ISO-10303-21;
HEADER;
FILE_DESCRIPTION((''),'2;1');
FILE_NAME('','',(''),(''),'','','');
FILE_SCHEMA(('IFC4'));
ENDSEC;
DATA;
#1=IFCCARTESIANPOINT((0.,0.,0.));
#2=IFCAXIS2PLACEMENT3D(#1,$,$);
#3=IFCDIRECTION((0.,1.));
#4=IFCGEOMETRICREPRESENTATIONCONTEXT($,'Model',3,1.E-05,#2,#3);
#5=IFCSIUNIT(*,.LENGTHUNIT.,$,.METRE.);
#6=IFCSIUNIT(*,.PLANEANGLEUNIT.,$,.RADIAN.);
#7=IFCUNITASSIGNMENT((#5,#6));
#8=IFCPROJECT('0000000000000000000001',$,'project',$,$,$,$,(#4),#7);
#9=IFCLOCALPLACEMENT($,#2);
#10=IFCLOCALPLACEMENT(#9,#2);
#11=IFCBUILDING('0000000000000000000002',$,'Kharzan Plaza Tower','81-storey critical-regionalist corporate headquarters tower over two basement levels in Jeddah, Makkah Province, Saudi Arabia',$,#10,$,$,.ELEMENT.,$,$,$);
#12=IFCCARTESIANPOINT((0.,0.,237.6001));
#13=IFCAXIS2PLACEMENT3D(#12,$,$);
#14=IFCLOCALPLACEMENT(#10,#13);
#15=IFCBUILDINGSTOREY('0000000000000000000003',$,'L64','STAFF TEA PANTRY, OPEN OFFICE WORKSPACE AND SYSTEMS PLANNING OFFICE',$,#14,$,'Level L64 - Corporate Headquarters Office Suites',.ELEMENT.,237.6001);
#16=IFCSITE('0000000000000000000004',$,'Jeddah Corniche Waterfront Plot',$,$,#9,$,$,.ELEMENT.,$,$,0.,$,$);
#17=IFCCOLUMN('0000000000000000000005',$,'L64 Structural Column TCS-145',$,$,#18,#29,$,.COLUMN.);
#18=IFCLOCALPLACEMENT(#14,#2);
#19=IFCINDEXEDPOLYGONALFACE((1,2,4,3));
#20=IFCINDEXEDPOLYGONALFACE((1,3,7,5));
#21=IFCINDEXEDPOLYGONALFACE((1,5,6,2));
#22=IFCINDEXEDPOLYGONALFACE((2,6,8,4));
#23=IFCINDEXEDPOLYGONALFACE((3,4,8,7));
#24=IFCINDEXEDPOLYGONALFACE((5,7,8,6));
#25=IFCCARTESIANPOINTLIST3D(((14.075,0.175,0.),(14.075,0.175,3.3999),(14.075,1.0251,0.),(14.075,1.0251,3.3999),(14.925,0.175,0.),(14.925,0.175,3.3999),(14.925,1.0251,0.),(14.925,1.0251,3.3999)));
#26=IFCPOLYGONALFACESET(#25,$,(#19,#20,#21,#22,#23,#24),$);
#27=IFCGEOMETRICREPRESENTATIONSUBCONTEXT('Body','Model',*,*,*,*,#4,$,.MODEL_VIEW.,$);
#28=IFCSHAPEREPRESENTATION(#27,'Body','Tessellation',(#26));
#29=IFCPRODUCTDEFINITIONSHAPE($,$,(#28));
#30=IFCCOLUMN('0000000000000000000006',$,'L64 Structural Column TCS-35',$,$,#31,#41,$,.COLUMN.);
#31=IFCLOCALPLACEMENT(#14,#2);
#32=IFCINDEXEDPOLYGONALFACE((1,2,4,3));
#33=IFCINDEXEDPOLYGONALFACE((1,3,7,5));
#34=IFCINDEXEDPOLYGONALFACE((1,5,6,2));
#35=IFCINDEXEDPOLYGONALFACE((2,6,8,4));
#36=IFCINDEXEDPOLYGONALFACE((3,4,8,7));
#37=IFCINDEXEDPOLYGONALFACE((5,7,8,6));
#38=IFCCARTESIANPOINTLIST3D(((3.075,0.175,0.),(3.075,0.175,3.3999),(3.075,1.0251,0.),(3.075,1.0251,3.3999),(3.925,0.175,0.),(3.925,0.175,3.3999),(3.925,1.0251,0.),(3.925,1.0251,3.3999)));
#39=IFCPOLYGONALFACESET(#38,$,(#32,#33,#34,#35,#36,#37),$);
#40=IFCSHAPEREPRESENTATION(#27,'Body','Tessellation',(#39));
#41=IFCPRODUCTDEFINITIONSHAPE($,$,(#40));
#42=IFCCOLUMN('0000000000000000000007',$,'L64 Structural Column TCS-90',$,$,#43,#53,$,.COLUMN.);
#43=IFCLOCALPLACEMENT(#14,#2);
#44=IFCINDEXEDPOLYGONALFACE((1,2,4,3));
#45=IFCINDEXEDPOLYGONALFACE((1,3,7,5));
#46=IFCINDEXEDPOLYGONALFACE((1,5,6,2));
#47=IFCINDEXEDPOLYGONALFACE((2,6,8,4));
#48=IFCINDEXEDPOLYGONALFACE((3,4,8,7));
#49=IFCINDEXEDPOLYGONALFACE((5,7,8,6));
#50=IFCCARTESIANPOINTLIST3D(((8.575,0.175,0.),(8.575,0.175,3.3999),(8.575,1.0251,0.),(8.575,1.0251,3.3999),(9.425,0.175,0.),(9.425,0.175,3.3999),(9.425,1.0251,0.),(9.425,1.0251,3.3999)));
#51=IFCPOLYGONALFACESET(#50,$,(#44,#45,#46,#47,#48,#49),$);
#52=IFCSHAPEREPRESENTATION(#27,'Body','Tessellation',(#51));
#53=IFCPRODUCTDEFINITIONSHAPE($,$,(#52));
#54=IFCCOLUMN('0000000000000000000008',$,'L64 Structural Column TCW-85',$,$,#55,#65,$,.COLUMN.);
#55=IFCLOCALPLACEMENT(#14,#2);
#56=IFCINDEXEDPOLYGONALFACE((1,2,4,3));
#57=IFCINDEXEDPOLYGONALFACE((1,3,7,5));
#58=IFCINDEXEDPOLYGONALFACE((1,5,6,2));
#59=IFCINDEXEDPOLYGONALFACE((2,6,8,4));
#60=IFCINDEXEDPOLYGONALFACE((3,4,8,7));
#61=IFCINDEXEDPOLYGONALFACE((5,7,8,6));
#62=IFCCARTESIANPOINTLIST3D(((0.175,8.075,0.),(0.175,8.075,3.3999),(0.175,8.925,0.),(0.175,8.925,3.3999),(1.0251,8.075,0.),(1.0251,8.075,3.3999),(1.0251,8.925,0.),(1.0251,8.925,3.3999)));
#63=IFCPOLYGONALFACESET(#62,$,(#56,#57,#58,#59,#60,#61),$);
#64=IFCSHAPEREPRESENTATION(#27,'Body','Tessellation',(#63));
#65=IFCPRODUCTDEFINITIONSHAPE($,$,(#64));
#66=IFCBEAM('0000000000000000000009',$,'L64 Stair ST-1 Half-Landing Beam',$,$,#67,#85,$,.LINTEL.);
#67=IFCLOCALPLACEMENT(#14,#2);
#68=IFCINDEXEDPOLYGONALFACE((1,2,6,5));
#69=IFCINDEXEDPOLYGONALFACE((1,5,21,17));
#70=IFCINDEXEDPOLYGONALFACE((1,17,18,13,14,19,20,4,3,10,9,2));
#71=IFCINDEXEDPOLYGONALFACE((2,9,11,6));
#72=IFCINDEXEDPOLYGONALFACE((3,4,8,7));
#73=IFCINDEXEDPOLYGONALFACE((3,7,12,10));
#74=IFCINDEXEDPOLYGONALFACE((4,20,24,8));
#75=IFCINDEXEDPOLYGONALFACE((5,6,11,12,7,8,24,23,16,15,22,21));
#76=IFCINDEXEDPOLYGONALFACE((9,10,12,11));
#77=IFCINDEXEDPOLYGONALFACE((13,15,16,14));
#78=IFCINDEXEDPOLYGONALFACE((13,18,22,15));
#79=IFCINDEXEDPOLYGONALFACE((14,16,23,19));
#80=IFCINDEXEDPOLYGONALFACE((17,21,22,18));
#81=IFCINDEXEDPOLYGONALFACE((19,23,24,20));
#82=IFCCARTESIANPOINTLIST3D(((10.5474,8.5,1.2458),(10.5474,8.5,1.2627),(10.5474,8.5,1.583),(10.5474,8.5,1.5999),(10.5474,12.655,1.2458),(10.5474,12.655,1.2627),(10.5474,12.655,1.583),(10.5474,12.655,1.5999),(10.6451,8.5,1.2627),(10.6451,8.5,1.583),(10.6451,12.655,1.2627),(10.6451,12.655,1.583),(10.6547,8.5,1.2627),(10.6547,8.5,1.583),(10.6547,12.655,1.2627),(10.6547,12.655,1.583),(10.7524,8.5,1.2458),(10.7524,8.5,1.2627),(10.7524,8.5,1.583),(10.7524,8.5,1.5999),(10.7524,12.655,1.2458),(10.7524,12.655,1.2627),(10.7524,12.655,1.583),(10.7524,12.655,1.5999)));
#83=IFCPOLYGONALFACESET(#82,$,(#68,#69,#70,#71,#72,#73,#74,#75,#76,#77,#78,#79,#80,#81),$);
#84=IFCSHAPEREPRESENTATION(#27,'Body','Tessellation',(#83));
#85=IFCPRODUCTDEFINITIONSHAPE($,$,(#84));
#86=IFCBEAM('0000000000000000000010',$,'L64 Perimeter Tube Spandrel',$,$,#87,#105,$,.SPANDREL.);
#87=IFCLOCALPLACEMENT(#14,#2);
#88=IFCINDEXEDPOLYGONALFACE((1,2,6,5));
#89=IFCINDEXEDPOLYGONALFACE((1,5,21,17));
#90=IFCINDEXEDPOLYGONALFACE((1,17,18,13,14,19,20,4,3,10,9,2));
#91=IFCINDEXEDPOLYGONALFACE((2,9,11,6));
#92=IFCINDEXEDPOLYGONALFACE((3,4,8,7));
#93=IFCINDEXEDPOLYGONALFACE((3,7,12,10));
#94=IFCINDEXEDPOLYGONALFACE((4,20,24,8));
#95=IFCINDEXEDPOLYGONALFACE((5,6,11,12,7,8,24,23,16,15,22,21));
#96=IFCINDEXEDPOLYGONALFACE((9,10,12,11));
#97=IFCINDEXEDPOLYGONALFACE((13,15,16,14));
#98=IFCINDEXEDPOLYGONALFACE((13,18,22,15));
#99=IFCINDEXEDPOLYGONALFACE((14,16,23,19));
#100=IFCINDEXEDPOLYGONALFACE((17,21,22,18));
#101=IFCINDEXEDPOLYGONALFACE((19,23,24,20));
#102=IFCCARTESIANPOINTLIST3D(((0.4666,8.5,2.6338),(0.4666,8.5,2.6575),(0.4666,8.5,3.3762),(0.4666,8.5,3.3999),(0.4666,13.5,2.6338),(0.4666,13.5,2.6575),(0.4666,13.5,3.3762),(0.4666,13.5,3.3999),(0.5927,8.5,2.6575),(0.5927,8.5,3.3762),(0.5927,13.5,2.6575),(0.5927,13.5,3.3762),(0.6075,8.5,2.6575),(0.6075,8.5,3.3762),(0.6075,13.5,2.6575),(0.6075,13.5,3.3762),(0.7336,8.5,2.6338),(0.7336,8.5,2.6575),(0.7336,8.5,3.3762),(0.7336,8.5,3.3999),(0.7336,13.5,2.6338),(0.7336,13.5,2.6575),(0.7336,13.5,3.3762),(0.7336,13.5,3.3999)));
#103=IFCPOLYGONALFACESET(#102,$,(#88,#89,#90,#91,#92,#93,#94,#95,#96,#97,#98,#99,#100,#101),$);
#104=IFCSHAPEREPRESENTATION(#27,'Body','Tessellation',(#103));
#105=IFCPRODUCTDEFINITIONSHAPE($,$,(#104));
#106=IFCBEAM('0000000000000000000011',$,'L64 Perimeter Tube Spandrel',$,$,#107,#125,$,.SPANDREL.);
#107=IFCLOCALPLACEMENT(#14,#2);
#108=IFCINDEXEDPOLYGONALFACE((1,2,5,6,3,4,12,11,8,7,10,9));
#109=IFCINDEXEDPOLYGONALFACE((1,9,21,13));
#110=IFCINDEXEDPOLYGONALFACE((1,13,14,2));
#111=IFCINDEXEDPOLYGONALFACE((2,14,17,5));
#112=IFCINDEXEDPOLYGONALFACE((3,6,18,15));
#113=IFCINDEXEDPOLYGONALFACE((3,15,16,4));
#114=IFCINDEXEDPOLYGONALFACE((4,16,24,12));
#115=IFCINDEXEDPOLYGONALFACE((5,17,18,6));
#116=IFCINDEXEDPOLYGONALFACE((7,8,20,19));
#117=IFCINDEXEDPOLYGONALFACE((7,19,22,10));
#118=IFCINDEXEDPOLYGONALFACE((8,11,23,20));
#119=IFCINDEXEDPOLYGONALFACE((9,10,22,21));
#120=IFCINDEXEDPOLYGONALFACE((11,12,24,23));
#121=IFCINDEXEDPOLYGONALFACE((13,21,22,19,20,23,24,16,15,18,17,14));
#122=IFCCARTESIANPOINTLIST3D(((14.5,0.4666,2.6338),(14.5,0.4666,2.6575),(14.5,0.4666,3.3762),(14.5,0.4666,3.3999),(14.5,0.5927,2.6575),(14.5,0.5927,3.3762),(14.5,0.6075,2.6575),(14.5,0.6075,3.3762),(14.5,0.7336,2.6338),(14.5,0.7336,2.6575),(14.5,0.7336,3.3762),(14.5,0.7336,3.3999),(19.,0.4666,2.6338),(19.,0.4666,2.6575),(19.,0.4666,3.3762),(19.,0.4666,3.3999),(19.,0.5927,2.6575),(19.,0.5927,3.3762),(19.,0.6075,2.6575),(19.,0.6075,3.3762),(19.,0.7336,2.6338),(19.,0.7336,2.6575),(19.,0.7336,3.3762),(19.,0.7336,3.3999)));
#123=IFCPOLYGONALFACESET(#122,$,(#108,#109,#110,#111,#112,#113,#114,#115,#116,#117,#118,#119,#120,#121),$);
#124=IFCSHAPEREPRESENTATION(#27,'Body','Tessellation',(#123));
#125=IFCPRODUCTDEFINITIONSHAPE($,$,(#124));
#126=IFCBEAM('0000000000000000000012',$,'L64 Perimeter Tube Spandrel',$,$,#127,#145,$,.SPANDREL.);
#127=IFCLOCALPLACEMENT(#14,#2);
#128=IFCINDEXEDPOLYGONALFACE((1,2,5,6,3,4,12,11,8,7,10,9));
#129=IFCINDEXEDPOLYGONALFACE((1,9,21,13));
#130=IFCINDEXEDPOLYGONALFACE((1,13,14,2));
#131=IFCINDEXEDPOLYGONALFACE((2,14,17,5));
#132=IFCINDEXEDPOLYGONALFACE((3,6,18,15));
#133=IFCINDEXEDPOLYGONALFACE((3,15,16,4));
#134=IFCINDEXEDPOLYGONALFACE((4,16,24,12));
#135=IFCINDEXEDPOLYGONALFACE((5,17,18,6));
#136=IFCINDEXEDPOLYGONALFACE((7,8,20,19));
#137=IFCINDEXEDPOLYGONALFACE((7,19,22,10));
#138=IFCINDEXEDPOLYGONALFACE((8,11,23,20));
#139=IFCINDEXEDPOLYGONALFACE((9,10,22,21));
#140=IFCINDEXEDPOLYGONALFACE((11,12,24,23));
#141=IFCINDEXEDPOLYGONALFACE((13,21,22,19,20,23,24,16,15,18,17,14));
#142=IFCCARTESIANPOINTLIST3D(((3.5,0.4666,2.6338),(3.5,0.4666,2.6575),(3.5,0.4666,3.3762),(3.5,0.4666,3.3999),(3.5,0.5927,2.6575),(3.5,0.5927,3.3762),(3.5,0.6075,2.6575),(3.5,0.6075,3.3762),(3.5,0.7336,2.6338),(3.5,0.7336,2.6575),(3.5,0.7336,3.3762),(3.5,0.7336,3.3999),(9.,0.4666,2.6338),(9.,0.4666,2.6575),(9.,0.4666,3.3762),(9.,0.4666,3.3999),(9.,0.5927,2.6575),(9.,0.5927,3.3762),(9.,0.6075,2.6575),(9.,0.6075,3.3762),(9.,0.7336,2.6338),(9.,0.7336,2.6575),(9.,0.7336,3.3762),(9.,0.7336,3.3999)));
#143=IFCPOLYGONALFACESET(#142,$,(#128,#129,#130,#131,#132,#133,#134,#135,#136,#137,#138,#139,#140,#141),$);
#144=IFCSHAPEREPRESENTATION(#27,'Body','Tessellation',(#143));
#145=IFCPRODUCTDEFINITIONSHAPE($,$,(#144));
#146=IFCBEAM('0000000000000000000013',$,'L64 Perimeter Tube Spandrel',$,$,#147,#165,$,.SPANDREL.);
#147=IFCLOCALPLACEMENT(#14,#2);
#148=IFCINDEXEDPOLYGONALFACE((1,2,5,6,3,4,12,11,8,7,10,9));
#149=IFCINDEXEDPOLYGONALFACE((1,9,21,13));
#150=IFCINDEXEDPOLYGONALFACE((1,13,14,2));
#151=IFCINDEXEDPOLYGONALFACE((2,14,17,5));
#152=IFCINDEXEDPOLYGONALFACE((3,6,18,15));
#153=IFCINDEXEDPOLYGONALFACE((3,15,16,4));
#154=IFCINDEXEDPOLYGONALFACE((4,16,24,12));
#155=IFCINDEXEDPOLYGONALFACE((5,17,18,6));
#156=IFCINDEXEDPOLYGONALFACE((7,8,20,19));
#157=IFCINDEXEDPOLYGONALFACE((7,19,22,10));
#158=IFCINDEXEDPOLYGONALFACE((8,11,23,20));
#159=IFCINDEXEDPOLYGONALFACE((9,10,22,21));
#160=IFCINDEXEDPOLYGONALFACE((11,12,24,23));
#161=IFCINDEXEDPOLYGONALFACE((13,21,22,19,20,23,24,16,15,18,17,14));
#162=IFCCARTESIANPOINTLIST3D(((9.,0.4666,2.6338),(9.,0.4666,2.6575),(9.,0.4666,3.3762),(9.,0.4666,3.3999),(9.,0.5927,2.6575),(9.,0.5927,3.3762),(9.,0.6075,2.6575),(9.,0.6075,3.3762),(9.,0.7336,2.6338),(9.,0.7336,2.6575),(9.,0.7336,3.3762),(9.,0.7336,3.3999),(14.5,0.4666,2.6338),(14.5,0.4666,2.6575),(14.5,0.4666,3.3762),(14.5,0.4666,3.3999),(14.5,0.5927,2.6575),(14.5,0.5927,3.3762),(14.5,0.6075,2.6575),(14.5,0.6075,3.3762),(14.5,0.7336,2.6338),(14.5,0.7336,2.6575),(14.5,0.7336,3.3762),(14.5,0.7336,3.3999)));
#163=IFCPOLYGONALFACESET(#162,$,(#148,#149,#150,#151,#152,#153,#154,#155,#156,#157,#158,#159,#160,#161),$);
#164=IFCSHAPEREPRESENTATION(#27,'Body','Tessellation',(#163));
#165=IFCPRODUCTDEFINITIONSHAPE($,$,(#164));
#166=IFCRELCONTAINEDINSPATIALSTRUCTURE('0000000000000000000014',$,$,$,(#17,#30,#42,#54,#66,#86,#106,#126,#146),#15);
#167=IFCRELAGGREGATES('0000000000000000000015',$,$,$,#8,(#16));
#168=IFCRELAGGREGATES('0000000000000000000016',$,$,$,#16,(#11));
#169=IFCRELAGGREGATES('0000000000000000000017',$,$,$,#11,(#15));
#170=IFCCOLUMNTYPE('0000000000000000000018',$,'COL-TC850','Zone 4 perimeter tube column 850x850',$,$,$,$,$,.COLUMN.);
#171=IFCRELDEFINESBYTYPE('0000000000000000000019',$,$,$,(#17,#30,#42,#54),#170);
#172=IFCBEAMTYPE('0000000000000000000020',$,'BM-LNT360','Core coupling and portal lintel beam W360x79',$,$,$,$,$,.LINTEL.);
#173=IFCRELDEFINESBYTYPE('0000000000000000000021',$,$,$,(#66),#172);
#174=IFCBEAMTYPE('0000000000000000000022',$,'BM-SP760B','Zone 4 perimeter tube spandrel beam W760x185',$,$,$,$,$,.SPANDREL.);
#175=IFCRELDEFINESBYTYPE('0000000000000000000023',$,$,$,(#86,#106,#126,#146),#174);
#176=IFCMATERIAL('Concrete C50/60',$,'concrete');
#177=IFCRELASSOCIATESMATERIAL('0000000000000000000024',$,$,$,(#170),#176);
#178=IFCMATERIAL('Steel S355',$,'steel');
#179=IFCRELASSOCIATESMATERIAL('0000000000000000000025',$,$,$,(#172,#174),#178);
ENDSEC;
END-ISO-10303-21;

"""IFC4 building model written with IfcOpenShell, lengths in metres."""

from ifc_helpers import new_model, si_unit, direction, frame, origin, origin_2d, place, context, subcontext, project, spatial, rectangle, i_section, extrude, source, transform, mapped, material, material_profile, profile_set, type_object, element, save


model = new_model("IFC4")

# Units and contexts
model_context = context("Model", 3, precision=1e-05, world=origin(), true_north=direction((0.0, 1.0)))
body_context = subcontext(model_context, "Body", "Model", "MODEL_VIEW")
ifc_project = project(units=[si_unit("LENGTHUNIT", "METRE"), si_unit("PLANEANGLEUNIT", "RADIAN")], contexts=[model_context])

# Site, building, storey
site_placement = place(None, origin())
site = spatial("IfcSite", under=ifc_project, at=site_placement, Name="Jeddah Corniche Waterfront Plot", CompositionType="ELEMENT", RefElevation=0.0)
building_placement = place(site_placement, origin())
building = spatial("IfcBuilding", under=site, at=building_placement, Name="Kharzan Plaza Tower", Description="81-storey critical-regionalist corporate headquarters tower over two basement levels in Jeddah, Makkah Province, Saudi Arabia", CompositionType="ELEMENT")
storey_placement = place(building_placement, frame((0.0, 0.0, 237.6001)))
storey = spatial("IfcBuildingStorey", under=building, at=storey_placement, Name="L64", Description="STAFF TEA PANTRY, OPEN OFFICE WORKSPACE AND SYSTEMS PLANNING OFFICE", LongName="Level L64 - Corporate Headquarters Office Suites", CompositionType="ELEMENT", Elevation=237.6001)

# Columns
ifc_material_1 = material(Name="Concrete C50/60", Category="concrete")
ifc_material_profile_1 = material_profile(ifc_material_1, rectangle(XDim=0.8501, YDim=0.8501, at=origin_2d()), Name="RC-TC850x850")
ifc_profile_set_1 = profile_set([ifc_material_profile_1], Name="Concrete C50/60")
column_type = type_object("IfcColumnType", Name="COL-TC850", Description="Zone 4 perimeter tube column 850x850", PredefinedType="COLUMN", material=ifc_profile_set_1)
shared_shape_1 = source(origin(), body_context, "Body", "SweptSolid", [
    extrude(rectangle(XDim=0.8501, YDim=0.8501, at=origin_2d()), origin(), (0.0, 0.0, 1.0), 3.3999),
])
for number, where, z_axis, x_axis, name in (
    (1, (14.5, 0.6001, 0.0), (0.0, 0.0, 1.0), (1.0, 0.0, 0.0), "L64 Structural Column TCS-145"),
    (2, (3.5, 0.6001, 0.0), (0.0, 0.0, 1.0), (1.0, 0.0, 0.0), "L64 Structural Column TCS-35"),
    (3, (9.0, 0.6001, 0.0), (0.0, 0.0, 1.0), (1.0, 0.0, 0.0), "L64 Structural Column TCS-90"),
    (4, (0.6001, 8.5, 0.0), (0.0, 0.0, 1.0), (1.0, 0.0, 0.0), "L64 Structural Column TCW-85"),
):
    element("IfcColumn", number, at=place(storey_placement, frame(where, z_axis=z_axis, x_axis=x_axis)), inside=storey, type_object=column_type, Name=name, PredefinedType="COLUMN", context=body_context, shape_type="MappedRepresentation", body=[
        mapped(shared_shape_1, transform((0.0, 0.0, 0.0), x_axis=(1.0, 0.0, 0.0), y_axis=(0.0, 1.0, 0.0), z_axis=(0.0, 0.0, 1.0))),
    ])

# Beams
ifc_material_2 = material(Name="Steel S355", Category="steel")
ifc_material_profile_2 = material_profile(ifc_material_2, i_section(OverallWidth=0.2051, OverallDepth=0.354, WebThickness=0.0095, FlangeThickness=0.0168, at=origin_2d()), Name="W360x79")
ifc_profile_set_2 = profile_set([ifc_material_profile_2], Name="Steel S355")
beam_type_1 = type_object("IfcBeamType", Name="BM-LNT360", Description="Core coupling and portal lintel beam W360x79", PredefinedType="LINTEL", material=ifc_profile_set_2)
shared_shape_2 = source(origin(), body_context, "Body", "SweptSolid", [
    extrude(i_section(OverallWidth=0.2051, OverallDepth=0.354, WebThickness=0.0095, FlangeThickness=0.0168, at=origin_2d()), origin(), (0.0, 0.0, 1.0), 4.155),
])
beam_1_placement = place(storey_placement, frame((10.6499, 8.5, 1.4229), z_axis=(0.0, 1.0, 0.0), x_axis=(-1.0, 0.0, 0.0)))
element("IfcBeam", 5, at=beam_1_placement, inside=storey, type_object=beam_type_1, Name="L64 Stair ST-1 Half-Landing Beam", PredefinedType="LINTEL", context=body_context, shape_type="MappedRepresentation", body=[
    mapped(shared_shape_2, transform((0.0, 0.0, 0.0), x_axis=(1.0, 0.0, 0.0), y_axis=(0.0, 1.0, 0.0), z_axis=(0.0, 0.0, 1.0))),
])
ifc_material_profile_3 = material_profile(ifc_material_2, i_section(OverallWidth=0.2671, OverallDepth=0.7661, WebThickness=0.0149, FlangeThickness=0.0237, at=origin_2d()), Name="W760x185")
ifc_profile_set_3 = profile_set([ifc_material_profile_3], Name="Steel S355")
beam_type_2 = type_object("IfcBeamType", Name="BM-SP760B", Description="Zone 4 perimeter tube spandrel beam W760x185", PredefinedType="SPANDREL", material=ifc_profile_set_3)
shared_shape_3 = source(origin(), body_context, "Body", "SweptSolid", [
    extrude(i_section(OverallWidth=0.2671, OverallDepth=0.7661, WebThickness=0.0149, FlangeThickness=0.0237, at=origin_2d()), origin(), (0.0, 0.0, 1.0), 5.0),
])
beam_2_placement = place(storey_placement, frame((0.6001, 8.5, 3.0168), z_axis=(0.0, 1.0, 0.0), x_axis=(-1.0, 0.0, 0.0)))
element("IfcBeam", 6, at=beam_2_placement, inside=storey, type_object=beam_type_2, Name="L64 Perimeter Tube Spandrel", PredefinedType="SPANDREL", context=body_context, shape_type="MappedRepresentation", body=[
    mapped(shared_shape_3, transform((0.0, 0.0, 0.0), x_axis=(1.0, 0.0, 0.0), y_axis=(0.0, 1.0, 0.0), z_axis=(0.0, 0.0, 1.0))),
])
shared_shape_4 = source(origin(), body_context, "Body", "SweptSolid", [
    extrude(i_section(OverallWidth=0.2671, OverallDepth=0.7661, WebThickness=0.0149, FlangeThickness=0.0237, at=origin_2d()), origin(), (0.0, 0.0, 1.0), 4.5),
])
beam_3_placement = place(storey_placement, frame((14.5, 0.6001, 3.0168), z_axis=(1.0, 0.0, 0.0), x_axis=(0.0, 1.0, 0.0)))
element("IfcBeam", 7, at=beam_3_placement, inside=storey, type_object=beam_type_2, Name="L64 Perimeter Tube Spandrel", PredefinedType="SPANDREL", context=body_context, shape_type="MappedRepresentation", body=[
    mapped(shared_shape_4, transform((0.0, 0.0, 0.0), x_axis=(1.0, 0.0, 0.0), y_axis=(0.0, 1.0, 0.0), z_axis=(0.0, 0.0, 1.0))),
])
shared_shape_5 = source(origin(), body_context, "Body", "SweptSolid", [
    extrude(i_section(OverallWidth=0.2671, OverallDepth=0.7661, WebThickness=0.0149, FlangeThickness=0.0237, at=origin_2d()), origin(), (0.0, 0.0, 1.0), 5.5),
])
for number, where, z_axis, x_axis, name in (
    (8, (3.5, 0.6001, 3.0168), (1.0, 0.0, 0.0), (0.0, 1.0, 0.0), "L64 Perimeter Tube Spandrel"),
    (9, (9.0, 0.6001, 3.0168), (1.0, 0.0, 0.0), (0.0, 1.0, 0.0), "L64 Perimeter Tube Spandrel"),
):
    element("IfcBeam", number, at=place(storey_placement, frame(where, z_axis=z_axis, x_axis=x_axis)), inside=storey, type_object=beam_type_2, Name=name, PredefinedType="SPANDREL", context=body_context, shape_type="MappedRepresentation", body=[
        mapped(shared_shape_5, transform((0.0, 0.0, 0.0), x_axis=(1.0, 0.0, 0.0), y_axis=(0.0, 1.0, 0.0), z_axis=(0.0, 0.0, 1.0))),
    ])

save(model, "model.ifc")
